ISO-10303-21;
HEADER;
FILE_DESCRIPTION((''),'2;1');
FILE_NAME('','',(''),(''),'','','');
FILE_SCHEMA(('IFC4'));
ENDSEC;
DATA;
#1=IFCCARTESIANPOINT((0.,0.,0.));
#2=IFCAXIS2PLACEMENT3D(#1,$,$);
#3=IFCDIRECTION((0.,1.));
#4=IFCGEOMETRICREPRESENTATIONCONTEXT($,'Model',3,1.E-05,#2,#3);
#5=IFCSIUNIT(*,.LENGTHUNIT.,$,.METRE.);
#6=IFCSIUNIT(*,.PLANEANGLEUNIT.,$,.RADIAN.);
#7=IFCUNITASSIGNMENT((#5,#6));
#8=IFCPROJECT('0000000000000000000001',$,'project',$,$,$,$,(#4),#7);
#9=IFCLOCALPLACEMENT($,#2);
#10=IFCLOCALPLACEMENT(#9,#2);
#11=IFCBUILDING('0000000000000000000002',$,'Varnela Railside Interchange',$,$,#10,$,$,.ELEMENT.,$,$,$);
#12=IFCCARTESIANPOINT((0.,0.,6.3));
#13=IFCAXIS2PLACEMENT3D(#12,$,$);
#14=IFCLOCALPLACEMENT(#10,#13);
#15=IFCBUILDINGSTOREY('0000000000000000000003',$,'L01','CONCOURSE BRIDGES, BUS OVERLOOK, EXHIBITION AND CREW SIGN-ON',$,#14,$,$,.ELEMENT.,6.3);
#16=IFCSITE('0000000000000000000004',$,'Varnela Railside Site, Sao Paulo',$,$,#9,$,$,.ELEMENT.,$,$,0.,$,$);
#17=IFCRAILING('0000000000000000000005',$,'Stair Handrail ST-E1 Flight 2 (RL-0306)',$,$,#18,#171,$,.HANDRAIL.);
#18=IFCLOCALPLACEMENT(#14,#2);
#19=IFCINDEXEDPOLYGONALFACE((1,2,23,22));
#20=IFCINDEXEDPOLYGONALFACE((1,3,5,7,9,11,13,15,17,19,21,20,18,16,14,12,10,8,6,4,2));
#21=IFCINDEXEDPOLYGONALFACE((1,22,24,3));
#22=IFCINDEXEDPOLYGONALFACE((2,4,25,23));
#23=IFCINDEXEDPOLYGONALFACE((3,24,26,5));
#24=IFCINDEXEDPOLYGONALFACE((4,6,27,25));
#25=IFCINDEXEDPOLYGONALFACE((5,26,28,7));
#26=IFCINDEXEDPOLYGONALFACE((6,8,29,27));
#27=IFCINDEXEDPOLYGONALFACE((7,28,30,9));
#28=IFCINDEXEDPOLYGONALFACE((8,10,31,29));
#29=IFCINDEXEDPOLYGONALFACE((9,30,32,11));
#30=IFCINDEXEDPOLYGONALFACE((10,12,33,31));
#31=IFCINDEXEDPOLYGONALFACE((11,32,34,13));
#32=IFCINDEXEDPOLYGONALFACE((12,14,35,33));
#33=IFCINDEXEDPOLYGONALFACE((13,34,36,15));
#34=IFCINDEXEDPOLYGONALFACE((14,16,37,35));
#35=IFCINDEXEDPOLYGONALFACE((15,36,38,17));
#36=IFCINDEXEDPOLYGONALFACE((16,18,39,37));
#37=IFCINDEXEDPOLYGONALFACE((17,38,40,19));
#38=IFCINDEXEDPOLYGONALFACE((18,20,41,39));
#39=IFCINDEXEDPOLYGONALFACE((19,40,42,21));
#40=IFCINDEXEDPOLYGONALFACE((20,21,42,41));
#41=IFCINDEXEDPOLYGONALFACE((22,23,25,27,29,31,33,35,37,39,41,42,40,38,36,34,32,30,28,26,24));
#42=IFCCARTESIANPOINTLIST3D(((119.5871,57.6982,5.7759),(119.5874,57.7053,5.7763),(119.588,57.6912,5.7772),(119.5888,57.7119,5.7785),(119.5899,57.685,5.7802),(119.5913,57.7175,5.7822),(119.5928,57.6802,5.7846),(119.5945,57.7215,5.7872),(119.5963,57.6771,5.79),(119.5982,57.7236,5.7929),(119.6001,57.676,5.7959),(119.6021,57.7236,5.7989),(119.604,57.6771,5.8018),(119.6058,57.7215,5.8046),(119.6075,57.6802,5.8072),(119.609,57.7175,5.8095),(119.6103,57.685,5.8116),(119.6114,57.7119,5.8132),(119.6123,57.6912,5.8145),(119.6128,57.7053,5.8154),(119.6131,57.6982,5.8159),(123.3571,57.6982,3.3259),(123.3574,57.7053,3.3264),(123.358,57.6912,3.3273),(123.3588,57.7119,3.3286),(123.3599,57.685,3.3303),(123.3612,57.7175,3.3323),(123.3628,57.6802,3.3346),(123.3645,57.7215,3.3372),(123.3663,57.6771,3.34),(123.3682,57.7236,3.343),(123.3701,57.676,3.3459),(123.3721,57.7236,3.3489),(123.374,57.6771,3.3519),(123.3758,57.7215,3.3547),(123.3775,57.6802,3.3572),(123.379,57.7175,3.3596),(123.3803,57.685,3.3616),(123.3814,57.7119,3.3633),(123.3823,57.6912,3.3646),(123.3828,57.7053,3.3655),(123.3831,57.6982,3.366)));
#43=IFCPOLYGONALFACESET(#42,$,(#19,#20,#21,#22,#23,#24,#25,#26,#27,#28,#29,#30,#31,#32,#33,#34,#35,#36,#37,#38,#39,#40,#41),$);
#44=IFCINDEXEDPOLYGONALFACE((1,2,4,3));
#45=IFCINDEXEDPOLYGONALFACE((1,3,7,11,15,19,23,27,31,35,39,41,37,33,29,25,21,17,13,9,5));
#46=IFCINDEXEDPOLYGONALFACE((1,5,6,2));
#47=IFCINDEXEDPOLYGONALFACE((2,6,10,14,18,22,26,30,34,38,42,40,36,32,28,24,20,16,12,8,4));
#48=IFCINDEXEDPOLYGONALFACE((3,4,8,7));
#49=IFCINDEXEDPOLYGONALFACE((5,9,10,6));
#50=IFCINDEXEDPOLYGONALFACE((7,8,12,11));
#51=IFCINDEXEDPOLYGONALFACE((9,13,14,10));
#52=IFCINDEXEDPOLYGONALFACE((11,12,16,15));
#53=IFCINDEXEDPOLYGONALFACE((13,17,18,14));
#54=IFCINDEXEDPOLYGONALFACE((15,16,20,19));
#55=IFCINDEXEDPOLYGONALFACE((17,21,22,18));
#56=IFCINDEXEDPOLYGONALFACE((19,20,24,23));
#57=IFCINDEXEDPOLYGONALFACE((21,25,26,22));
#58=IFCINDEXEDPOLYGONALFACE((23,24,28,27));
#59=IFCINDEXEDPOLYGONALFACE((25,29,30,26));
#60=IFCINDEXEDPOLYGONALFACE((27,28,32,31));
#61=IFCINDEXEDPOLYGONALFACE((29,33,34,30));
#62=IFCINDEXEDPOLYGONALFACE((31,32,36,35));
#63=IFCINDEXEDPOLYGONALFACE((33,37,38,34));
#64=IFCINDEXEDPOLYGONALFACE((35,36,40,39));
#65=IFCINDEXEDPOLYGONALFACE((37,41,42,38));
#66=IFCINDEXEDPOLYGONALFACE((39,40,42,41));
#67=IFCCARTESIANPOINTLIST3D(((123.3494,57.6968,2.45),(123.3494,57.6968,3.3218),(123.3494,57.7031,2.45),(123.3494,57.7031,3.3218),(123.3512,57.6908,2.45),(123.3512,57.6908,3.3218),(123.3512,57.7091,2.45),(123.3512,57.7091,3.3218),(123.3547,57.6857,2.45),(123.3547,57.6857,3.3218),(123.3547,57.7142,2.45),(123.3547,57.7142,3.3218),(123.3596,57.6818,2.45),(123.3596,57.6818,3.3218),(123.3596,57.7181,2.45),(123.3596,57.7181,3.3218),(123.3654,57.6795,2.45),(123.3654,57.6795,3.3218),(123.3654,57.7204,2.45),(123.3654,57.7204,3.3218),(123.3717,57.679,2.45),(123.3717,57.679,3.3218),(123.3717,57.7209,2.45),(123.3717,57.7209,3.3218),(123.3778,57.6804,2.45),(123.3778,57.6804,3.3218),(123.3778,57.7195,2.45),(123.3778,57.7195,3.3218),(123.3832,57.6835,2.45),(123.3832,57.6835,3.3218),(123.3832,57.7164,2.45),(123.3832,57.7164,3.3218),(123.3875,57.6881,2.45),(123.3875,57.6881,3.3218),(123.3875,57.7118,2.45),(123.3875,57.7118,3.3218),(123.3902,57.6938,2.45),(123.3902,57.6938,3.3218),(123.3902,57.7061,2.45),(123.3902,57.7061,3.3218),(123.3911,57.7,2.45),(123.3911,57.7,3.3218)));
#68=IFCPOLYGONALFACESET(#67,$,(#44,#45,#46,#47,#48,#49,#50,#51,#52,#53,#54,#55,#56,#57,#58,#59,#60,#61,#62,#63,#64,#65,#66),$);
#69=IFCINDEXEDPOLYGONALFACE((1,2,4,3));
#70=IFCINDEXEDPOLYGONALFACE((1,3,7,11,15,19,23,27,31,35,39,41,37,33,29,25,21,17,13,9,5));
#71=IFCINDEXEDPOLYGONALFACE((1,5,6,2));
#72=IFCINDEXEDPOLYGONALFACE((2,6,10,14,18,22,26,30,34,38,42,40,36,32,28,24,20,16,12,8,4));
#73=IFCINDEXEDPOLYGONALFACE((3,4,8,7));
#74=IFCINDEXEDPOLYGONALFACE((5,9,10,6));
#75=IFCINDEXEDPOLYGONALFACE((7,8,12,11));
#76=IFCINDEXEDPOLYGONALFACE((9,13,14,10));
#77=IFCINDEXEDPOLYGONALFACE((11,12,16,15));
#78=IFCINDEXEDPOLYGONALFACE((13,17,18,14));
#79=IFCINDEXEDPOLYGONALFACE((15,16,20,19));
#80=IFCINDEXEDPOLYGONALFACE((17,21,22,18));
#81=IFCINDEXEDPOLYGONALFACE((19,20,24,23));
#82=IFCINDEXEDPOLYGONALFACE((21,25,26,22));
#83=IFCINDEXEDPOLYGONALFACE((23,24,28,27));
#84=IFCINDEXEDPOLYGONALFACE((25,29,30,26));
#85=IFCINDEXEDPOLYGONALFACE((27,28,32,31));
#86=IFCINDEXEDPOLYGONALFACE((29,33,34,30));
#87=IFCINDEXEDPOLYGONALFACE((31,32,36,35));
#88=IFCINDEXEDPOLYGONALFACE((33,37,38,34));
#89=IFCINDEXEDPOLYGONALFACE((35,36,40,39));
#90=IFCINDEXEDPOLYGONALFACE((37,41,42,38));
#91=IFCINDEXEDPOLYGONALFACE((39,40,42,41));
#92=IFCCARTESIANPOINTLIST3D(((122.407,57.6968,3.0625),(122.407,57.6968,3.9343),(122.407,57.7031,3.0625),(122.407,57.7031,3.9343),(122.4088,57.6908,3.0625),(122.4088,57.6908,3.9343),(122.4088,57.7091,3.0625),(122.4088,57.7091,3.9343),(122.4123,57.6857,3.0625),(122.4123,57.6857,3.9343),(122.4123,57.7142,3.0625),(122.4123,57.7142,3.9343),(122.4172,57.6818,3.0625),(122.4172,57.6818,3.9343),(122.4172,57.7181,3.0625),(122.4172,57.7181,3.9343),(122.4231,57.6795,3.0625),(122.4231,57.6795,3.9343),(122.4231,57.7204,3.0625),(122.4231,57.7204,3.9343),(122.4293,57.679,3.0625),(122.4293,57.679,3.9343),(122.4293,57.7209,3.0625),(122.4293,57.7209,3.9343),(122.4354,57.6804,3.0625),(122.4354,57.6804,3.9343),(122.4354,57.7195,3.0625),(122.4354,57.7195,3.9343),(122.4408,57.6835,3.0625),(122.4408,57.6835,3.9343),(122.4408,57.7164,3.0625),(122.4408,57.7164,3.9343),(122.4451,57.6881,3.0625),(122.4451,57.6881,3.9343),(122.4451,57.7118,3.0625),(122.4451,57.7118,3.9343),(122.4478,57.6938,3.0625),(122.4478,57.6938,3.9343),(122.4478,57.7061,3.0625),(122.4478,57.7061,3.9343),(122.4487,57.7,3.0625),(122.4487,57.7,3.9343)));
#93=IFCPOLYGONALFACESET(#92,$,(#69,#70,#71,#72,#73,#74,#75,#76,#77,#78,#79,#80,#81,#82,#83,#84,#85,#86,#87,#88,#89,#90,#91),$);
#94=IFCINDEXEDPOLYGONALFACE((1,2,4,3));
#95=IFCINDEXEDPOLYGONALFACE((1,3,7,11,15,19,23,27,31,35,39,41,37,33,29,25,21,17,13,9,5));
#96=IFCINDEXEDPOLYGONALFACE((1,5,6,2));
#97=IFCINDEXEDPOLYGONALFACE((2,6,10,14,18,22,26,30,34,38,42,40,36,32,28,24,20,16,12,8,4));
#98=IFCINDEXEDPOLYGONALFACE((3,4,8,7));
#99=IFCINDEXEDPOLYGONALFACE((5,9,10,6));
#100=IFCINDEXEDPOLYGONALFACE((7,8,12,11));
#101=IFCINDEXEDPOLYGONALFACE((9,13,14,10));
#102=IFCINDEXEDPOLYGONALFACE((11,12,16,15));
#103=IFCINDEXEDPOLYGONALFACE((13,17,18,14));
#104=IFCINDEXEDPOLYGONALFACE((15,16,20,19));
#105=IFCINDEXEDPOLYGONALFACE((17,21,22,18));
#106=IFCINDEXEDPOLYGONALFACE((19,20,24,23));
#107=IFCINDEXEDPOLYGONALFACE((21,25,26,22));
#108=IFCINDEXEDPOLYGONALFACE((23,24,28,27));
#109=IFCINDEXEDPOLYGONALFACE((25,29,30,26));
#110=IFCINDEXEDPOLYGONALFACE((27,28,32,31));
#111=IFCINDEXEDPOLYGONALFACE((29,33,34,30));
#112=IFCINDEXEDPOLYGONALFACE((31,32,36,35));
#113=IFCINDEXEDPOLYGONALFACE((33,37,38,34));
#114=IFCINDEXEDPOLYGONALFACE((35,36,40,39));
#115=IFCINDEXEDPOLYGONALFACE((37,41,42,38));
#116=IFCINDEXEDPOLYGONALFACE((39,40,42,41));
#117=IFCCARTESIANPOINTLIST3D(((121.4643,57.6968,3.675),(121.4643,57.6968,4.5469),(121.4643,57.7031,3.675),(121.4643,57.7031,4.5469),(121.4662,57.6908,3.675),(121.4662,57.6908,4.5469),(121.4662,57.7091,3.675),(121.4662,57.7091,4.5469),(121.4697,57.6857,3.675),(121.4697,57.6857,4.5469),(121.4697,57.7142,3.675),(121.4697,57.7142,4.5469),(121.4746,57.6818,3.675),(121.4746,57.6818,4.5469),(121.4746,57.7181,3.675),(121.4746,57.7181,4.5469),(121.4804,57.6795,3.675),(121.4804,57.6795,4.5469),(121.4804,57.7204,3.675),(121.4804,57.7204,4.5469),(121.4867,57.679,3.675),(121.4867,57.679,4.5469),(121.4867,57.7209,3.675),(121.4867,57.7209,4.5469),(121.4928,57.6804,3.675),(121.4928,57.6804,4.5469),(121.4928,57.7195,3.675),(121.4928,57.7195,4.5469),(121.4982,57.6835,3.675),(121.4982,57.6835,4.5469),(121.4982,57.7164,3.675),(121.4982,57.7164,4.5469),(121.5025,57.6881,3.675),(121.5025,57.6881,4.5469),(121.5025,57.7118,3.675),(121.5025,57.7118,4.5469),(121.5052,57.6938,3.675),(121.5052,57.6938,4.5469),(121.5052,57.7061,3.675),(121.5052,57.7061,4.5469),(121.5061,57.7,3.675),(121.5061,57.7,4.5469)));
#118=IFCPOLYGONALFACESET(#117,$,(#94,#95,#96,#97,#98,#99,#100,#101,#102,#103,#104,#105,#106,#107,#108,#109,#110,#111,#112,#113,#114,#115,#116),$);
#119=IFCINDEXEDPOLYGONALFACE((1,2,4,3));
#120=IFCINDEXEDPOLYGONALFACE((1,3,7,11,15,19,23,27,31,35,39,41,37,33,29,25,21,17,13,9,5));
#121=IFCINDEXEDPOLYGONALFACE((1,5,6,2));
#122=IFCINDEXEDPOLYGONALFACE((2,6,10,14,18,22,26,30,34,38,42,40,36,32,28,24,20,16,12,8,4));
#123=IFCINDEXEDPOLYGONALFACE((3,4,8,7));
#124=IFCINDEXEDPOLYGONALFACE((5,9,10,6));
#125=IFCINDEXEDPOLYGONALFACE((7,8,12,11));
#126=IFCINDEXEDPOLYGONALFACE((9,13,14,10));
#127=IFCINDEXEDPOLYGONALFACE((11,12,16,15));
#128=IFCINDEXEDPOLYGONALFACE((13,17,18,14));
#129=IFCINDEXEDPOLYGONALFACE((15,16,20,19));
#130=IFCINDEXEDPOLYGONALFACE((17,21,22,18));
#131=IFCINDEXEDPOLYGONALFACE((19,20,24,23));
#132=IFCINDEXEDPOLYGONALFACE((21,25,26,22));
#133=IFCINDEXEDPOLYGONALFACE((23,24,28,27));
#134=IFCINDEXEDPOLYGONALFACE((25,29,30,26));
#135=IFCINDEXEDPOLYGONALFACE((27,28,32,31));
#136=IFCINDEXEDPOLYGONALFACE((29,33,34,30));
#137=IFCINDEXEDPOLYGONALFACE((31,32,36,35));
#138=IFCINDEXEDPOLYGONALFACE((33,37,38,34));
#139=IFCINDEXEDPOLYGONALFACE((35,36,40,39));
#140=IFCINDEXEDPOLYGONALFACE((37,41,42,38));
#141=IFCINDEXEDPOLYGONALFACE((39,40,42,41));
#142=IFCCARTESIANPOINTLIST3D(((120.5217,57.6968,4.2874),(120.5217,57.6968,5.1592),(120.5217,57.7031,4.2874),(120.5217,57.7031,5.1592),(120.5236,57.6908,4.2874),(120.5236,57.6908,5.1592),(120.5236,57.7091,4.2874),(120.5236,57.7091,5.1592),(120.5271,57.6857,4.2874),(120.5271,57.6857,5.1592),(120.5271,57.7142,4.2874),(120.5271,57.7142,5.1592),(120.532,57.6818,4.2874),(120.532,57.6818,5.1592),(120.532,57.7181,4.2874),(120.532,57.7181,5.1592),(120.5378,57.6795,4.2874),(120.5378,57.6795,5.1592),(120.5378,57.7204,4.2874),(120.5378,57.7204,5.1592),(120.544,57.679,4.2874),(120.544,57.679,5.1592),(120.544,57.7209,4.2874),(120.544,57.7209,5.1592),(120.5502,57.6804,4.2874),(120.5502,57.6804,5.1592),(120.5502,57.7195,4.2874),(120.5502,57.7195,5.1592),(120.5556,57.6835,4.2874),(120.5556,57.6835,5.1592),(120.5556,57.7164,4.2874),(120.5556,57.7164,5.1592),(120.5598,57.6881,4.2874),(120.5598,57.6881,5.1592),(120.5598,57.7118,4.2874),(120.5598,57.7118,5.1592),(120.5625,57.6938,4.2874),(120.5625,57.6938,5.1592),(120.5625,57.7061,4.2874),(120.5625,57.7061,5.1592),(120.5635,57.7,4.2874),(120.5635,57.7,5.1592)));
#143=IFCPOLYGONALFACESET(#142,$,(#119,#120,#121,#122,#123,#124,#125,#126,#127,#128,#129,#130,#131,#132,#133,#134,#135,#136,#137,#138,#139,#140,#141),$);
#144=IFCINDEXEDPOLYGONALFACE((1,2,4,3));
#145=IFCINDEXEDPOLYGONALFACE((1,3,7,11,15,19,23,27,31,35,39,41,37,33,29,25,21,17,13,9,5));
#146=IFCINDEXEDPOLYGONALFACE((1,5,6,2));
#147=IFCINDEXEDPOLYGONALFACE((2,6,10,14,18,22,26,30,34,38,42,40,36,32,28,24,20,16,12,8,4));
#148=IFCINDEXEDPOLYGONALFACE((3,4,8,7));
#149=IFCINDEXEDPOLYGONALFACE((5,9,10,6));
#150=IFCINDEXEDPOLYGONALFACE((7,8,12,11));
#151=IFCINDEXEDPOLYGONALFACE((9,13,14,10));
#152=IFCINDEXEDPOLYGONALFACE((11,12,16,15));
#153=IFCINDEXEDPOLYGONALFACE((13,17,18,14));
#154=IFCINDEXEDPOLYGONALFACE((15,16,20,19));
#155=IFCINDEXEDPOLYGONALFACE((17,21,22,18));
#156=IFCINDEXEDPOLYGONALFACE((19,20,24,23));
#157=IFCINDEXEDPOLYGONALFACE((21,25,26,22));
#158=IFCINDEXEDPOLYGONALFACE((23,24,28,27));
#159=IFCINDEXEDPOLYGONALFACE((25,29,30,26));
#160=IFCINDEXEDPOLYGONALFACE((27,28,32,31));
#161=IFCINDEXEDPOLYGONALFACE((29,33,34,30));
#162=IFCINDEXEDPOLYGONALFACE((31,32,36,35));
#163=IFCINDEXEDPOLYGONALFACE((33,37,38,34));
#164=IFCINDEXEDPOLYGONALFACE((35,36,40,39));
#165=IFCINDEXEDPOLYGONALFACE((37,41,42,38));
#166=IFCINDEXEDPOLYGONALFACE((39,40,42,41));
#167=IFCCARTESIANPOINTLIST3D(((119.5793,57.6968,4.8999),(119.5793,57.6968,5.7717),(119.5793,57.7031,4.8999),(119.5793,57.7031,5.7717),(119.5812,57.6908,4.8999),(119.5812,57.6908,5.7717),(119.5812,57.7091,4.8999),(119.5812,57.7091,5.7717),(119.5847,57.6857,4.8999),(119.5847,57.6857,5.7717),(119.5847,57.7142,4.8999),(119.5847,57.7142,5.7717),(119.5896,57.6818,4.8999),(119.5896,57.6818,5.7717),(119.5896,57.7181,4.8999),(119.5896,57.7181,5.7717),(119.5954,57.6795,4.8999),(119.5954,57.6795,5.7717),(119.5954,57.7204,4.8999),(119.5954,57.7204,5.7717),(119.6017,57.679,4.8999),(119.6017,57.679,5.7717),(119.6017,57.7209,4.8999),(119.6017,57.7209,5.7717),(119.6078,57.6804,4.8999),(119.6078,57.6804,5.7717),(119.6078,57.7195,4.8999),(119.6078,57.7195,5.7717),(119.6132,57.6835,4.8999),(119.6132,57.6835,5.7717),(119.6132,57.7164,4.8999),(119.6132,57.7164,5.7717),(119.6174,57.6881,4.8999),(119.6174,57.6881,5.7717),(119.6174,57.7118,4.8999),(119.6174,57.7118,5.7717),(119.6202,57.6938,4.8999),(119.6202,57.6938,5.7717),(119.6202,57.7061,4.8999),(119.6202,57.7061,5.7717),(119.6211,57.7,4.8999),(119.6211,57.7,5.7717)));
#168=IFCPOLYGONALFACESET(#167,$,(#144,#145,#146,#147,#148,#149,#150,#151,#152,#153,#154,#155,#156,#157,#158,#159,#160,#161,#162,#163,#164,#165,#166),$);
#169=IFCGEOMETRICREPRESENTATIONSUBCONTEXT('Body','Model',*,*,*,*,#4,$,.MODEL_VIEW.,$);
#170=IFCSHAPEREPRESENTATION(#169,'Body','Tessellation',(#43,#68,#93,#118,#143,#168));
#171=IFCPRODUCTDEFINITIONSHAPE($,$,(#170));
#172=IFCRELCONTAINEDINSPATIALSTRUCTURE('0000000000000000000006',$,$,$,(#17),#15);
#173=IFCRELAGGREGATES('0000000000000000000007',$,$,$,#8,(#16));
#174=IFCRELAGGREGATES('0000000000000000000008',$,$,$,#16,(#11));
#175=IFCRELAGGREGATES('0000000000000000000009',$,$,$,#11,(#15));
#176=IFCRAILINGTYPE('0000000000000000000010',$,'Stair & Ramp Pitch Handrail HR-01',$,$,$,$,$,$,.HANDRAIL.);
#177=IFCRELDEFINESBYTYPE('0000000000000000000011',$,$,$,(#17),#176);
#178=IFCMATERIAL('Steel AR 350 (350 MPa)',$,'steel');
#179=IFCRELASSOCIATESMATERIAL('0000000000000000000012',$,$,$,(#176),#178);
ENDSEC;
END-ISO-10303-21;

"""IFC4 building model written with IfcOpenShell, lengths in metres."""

from ifc_helpers import new_model, si_unit, direction, frame, origin, origin_2d, place, context, subcontext, project, spatial, circle, extrude, material, type_object, element, save


model = new_model("IFC4")

# Units and contexts
model_context = context("Model", 3, precision=1e-05, world=origin(), true_north=direction((0.0, 1.0)))
body_context = subcontext(model_context, "Body", "Model", "MODEL_VIEW")
ifc_project = project(units=[si_unit("LENGTHUNIT", "METRE"), si_unit("PLANEANGLEUNIT", "RADIAN")], contexts=[model_context])

# Site, building, storey
site_placement = place(None, origin())
site = spatial("IfcSite", under=ifc_project, at=site_placement, Name="Varnela Railside Site, Sao Paulo", CompositionType="ELEMENT", RefElevation=0.0)
building_placement = place(site_placement, origin())
building = spatial("IfcBuilding", under=site, at=building_placement, Name="Varnela Railside Interchange", CompositionType="ELEMENT")
storey_placement = place(building_placement, frame((0.0, 0.0, 6.3)))
storey = spatial("IfcBuildingStorey", under=building, at=storey_placement, Name="L01", Description="CONCOURSE BRIDGES, BUS OVERLOOK, EXHIBITION AND CREW SIGN-ON", CompositionType="ELEMENT", Elevation=6.3)

# Shared definitions
ifc_material_1 = material(Name="Steel AR 350 (350 MPa)", Category="steel")

# Railing
railing_type_1 = type_object("IfcRailingType", Name="Stair & Ramp Pitch Handrail HR-01", PredefinedType="HANDRAIL", material=ifc_material_1)
railing_1_placement = place(storey_placement, frame((123.3701, 57.7, 2.45)))
element("IfcRailing", 1, at=railing_1_placement, inside=storey, type_object=railing_type_1, Name="Stair Handrail ST-E1 Flight 2 (RL-0306)", PredefinedType="HANDRAIL", context=body_context, shape_type="SweptSolid", body=[
    extrude(circle(Radius=0.0239, at=origin_2d()), frame((0.0, 0.0, 0.896), z_axis=(-0.838501, 0.0, 0.544901), x_axis=(0.0, -1.0, 0.0)), (0.0, 0.0, 1.0), 4.4961),
    extrude(circle(Radius=0.021, at=origin_2d()), origin(), (0.0, 0.0, 1.0), 0.8718),
    extrude(circle(Radius=0.021, at=origin_2d()), frame((-0.9424, 0.0, 0.6125)), (0.0, 0.0, 1.0), 0.8718),
    extrude(circle(Radius=0.021, at=origin_2d()), frame((-1.885, 0.0, 1.2251)), (0.0, 0.0, 1.0), 0.8718),
    extrude(circle(Radius=0.021, at=origin_2d()), frame((-2.8276, 0.0, 1.8374)), (0.0, 0.0, 1.0), 0.8718),
    extrude(circle(Radius=0.021, at=origin_2d()), frame((-3.77, 0.0, 2.45)), (0.0, 0.0, 1.0), 0.8718),
])

save(model, "model.ifc")
